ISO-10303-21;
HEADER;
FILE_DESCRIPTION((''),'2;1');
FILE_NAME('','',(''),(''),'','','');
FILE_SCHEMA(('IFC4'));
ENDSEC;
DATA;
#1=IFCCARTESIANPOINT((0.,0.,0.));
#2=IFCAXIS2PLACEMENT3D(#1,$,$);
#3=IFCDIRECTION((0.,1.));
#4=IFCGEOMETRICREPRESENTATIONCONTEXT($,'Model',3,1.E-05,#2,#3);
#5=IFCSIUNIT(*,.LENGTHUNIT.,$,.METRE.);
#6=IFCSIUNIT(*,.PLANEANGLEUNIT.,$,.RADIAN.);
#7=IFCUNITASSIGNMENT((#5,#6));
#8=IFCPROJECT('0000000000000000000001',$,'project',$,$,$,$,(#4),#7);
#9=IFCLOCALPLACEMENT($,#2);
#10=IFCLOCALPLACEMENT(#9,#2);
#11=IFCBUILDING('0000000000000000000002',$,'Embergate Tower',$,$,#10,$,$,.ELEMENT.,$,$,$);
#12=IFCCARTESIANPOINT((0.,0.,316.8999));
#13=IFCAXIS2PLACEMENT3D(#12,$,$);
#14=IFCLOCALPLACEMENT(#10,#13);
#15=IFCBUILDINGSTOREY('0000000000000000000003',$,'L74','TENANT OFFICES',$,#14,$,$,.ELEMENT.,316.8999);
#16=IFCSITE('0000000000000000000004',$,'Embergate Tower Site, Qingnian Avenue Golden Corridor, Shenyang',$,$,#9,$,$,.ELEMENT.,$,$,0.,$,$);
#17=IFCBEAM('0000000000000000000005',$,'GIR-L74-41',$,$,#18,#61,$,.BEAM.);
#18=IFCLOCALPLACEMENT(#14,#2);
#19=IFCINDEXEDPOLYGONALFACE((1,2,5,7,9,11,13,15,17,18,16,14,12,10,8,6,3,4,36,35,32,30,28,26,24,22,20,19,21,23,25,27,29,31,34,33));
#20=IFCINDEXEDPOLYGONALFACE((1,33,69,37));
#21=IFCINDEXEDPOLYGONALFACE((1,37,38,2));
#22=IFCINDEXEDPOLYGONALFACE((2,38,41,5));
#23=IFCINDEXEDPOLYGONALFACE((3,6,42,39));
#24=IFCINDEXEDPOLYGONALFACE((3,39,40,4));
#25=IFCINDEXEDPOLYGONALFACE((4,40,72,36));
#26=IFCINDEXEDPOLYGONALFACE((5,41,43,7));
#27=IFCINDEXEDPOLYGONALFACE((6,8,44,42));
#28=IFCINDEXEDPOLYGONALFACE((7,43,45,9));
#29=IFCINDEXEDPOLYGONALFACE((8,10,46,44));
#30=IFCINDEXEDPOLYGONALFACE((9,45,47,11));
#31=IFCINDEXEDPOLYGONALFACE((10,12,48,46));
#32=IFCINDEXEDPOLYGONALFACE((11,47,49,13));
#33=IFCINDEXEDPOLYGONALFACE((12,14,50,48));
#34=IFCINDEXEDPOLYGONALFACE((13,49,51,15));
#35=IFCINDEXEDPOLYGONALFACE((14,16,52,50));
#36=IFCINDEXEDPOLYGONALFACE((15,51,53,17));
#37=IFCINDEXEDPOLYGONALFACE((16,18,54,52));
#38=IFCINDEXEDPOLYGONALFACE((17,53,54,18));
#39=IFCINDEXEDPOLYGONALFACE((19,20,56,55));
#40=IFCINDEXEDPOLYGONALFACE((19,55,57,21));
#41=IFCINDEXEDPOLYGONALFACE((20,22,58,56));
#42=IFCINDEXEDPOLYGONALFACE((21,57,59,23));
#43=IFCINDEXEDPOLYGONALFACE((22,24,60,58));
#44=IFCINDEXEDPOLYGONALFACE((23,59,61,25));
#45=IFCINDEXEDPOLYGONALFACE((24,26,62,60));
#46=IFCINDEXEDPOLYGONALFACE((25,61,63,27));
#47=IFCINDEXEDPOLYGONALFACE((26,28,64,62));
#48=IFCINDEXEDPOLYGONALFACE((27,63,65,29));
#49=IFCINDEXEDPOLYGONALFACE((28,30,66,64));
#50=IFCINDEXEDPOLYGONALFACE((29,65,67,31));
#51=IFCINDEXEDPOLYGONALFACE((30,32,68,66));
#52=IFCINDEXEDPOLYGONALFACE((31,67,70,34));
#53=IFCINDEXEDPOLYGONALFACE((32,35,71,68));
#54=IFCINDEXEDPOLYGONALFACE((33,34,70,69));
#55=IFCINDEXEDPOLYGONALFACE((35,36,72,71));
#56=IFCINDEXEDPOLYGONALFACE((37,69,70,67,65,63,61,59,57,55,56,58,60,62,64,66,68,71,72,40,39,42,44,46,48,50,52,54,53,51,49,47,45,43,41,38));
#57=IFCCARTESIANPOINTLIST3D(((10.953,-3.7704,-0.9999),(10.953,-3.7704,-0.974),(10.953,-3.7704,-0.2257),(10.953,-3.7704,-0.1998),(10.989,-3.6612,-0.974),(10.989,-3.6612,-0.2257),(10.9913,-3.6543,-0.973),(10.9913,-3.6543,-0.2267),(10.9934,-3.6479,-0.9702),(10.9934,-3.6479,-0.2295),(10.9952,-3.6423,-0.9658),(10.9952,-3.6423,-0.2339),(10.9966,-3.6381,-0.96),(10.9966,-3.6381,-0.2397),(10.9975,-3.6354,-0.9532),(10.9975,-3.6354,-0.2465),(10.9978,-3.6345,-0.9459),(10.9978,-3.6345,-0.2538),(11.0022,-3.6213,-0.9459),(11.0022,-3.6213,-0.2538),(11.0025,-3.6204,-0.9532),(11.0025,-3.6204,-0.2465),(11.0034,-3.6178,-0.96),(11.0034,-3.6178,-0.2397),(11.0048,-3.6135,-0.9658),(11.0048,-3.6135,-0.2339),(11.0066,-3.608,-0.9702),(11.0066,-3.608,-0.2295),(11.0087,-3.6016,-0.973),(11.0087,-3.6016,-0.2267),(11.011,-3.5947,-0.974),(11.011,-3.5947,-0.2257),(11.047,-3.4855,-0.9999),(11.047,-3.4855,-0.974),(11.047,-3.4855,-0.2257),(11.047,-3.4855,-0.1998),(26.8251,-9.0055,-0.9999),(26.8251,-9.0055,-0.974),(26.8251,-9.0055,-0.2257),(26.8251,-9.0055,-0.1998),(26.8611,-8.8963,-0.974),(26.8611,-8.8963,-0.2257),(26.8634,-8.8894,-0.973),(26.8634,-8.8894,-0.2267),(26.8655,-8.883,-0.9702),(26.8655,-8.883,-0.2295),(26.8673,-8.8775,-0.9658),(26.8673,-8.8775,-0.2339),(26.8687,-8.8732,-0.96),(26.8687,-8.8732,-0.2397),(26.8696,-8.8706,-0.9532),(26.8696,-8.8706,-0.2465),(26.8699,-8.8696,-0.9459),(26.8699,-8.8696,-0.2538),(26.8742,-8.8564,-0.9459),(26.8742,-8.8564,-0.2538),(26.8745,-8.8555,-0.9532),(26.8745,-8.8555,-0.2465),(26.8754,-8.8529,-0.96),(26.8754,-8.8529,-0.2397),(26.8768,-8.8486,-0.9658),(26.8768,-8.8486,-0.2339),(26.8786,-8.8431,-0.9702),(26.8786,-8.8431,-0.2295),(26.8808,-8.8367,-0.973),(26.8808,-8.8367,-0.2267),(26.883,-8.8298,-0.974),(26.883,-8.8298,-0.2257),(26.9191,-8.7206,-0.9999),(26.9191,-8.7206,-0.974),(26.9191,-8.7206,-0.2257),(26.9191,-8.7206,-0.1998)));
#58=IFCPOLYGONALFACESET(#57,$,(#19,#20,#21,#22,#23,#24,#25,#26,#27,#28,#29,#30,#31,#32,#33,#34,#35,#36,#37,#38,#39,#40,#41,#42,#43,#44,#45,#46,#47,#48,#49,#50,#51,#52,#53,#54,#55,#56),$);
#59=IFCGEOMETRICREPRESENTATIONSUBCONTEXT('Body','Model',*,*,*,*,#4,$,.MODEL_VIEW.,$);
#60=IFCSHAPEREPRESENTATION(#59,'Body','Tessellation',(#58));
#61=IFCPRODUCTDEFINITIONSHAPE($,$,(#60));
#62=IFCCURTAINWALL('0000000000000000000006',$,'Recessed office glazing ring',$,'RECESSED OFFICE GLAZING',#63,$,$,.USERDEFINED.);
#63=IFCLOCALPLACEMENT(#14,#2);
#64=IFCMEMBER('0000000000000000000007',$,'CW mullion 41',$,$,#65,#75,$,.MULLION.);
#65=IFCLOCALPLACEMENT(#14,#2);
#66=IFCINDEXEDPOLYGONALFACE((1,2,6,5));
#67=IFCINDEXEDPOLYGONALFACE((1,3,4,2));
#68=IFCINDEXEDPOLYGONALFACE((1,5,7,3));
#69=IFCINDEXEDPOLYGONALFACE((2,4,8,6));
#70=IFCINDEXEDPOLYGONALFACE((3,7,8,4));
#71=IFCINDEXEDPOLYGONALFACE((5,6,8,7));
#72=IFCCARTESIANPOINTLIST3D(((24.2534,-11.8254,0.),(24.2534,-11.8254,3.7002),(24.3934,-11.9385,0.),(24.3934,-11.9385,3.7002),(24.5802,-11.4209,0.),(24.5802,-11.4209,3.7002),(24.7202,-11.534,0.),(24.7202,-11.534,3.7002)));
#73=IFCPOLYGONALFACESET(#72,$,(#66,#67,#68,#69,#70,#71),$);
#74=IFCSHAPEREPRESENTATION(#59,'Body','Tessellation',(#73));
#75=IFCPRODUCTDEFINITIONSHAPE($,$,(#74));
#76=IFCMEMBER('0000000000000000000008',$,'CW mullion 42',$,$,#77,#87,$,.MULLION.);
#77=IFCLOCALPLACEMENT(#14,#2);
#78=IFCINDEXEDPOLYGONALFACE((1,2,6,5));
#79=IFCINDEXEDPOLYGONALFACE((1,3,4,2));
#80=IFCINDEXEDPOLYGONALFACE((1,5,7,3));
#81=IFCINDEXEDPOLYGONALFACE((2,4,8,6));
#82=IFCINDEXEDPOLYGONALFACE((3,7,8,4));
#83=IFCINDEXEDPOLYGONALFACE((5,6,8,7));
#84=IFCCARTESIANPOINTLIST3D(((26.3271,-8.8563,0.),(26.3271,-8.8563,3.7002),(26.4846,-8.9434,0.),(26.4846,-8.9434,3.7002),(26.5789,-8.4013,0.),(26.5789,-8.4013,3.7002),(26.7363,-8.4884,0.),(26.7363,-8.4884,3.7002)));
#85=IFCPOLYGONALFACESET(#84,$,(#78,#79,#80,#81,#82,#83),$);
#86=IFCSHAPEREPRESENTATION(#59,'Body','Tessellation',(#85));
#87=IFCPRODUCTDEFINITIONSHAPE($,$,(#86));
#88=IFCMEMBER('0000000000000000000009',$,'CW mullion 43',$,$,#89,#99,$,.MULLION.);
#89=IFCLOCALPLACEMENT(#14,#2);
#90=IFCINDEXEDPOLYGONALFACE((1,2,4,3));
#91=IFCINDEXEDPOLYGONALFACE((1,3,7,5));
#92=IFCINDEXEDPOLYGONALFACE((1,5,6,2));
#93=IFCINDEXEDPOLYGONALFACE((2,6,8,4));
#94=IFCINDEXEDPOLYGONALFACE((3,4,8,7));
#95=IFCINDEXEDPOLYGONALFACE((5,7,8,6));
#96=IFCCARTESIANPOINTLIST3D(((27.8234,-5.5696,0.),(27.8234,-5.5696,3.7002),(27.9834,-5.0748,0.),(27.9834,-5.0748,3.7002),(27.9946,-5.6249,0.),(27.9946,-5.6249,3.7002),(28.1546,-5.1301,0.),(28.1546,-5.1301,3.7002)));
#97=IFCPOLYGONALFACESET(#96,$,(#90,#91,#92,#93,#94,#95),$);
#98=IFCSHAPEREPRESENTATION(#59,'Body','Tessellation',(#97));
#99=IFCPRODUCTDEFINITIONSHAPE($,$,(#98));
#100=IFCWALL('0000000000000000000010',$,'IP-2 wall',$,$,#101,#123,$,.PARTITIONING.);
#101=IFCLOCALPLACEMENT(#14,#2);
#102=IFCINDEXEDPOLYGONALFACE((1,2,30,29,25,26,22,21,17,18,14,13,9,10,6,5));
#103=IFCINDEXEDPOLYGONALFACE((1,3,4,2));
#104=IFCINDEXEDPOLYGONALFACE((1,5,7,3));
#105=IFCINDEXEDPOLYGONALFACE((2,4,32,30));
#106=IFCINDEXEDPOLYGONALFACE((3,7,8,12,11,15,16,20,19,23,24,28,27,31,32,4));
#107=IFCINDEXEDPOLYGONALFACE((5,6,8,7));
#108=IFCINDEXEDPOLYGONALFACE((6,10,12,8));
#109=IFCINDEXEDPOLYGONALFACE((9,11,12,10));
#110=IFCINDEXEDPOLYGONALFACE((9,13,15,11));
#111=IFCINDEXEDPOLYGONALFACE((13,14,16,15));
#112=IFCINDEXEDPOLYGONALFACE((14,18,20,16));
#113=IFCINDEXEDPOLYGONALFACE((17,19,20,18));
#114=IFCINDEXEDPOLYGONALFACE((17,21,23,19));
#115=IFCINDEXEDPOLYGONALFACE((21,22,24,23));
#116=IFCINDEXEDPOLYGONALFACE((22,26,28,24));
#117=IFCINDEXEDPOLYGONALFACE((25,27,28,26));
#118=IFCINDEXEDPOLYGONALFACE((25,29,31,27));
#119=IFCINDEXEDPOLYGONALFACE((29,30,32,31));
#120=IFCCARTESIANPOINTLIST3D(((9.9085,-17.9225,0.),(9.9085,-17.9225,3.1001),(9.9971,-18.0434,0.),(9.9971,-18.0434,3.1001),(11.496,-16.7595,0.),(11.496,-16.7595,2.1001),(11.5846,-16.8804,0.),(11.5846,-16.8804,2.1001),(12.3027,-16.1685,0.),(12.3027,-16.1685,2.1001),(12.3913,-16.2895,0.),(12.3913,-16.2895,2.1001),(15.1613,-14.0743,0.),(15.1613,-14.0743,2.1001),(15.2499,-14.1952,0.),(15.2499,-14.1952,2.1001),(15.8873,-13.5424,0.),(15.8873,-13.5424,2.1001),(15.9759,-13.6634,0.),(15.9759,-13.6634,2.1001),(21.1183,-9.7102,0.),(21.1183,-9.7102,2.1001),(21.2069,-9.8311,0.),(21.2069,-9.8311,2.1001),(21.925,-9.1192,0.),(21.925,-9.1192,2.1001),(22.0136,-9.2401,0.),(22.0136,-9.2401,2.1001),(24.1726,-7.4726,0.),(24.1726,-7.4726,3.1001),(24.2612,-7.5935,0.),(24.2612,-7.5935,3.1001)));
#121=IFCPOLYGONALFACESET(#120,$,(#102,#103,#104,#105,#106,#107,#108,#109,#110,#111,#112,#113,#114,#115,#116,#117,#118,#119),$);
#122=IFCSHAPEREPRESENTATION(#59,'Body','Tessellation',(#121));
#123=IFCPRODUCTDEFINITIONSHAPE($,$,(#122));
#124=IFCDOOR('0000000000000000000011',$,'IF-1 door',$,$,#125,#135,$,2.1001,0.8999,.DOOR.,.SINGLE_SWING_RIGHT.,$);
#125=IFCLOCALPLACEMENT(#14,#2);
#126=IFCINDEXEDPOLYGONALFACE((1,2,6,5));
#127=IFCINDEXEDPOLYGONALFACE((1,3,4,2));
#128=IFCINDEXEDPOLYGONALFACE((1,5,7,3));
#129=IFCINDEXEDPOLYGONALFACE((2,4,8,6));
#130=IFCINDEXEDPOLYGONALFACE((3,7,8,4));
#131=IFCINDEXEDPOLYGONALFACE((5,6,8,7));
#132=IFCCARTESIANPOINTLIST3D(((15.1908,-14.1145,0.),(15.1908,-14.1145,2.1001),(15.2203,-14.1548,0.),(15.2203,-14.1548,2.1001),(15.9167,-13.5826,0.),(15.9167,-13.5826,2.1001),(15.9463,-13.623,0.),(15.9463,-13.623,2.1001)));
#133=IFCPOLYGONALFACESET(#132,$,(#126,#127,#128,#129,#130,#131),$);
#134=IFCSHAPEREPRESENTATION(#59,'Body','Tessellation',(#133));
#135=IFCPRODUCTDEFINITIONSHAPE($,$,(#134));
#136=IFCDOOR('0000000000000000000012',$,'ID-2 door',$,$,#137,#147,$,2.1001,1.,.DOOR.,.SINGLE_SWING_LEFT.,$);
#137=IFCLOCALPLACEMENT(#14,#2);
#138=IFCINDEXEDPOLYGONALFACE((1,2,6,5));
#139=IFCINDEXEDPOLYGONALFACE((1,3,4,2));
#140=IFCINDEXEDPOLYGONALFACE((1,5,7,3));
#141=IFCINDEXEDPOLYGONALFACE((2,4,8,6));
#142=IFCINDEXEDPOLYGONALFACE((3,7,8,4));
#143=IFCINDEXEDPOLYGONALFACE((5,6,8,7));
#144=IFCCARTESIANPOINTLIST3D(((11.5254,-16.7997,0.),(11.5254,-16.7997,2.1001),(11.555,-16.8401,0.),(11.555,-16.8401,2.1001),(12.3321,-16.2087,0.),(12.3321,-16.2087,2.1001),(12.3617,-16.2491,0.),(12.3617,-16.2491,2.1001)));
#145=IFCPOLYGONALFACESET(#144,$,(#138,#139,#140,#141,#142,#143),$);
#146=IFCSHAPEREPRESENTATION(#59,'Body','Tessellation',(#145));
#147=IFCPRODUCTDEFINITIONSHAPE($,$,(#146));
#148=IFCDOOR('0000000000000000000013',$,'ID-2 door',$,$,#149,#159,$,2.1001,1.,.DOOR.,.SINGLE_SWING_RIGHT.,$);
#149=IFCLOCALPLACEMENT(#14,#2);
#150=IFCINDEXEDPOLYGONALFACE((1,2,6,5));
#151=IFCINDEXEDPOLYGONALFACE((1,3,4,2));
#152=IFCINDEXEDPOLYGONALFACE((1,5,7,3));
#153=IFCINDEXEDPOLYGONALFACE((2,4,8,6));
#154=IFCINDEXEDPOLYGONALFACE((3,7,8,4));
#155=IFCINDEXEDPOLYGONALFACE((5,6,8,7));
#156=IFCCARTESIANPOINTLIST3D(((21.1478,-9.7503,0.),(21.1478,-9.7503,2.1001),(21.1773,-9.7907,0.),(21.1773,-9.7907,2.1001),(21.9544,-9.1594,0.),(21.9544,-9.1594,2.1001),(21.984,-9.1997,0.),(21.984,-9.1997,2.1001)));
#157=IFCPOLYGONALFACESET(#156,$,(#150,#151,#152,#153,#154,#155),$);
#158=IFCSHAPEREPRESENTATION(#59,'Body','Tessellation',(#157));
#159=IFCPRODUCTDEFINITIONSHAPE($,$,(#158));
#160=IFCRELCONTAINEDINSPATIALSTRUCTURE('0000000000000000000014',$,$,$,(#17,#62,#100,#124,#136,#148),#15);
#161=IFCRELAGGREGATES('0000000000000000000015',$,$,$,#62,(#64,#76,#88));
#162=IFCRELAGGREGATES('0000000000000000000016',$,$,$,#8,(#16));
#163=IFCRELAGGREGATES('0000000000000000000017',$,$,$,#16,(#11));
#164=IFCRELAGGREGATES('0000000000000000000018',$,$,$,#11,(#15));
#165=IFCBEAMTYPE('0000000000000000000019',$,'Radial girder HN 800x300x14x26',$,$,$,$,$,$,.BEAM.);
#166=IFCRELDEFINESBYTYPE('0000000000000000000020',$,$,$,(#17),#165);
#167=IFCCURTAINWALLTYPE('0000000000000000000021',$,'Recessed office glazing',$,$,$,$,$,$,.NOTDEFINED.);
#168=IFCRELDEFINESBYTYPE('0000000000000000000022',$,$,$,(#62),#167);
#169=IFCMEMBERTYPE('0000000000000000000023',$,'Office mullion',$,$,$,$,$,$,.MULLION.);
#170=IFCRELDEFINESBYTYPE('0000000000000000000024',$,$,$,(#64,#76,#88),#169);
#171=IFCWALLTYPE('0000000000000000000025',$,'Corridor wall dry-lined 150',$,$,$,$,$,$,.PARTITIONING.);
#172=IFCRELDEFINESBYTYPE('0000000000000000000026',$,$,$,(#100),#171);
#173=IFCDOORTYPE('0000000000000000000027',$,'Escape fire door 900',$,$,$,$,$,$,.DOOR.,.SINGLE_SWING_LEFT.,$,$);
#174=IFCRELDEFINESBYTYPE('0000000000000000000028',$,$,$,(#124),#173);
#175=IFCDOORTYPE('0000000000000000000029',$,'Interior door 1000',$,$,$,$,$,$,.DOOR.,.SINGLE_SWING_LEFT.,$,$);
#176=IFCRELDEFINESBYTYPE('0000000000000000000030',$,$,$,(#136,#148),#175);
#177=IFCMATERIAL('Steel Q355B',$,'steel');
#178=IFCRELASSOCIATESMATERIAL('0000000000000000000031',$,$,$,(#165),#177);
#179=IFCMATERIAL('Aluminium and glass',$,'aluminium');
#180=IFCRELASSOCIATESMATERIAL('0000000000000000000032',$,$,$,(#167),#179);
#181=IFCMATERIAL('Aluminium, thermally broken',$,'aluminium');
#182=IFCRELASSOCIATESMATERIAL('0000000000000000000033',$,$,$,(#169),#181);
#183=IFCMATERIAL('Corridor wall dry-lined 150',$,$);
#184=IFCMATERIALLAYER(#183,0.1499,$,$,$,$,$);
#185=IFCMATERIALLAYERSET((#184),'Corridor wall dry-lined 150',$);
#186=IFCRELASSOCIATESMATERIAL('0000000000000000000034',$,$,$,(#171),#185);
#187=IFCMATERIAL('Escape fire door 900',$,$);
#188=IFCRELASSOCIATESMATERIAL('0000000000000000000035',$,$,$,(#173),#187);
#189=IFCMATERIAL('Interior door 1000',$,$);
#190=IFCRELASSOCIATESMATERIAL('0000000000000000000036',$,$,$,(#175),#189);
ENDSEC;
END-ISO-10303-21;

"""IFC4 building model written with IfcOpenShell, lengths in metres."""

from ifc_helpers import new_model, si_unit, direction, frame, frame_2d, origin, origin_2d, place, context, subcontext, project, spatial, rectangle, i_section, extrude, source, transform, mapped, material, layer, layer_set, material_profile, profile_set, type_object, element, fill, aggregate, save


model = new_model("IFC4")

# Units and contexts
model_context = context("Model", 3, precision=1e-05, world=origin(), true_north=direction((0.0, 1.0)))
body_context = subcontext(model_context, "Body", "Model", "MODEL_VIEW")
ifc_project = project(units=[si_unit("LENGTHUNIT", "METRE"), si_unit("PLANEANGLEUNIT", "RADIAN")], contexts=[model_context])

# Site, building, storey
site_placement = place(None, origin())
site = spatial("IfcSite", under=ifc_project, at=site_placement, Name="Embergate Tower Site, Qingnian Avenue Golden Corridor, Shenyang", CompositionType="ELEMENT", RefElevation=0.0)
building_placement = place(site_placement, origin())
building = spatial("IfcBuilding", under=site, at=building_placement, Name="Embergate Tower", CompositionType="ELEMENT")
storey_placement = place(building_placement, frame((0.0, 0.0, 316.8999)))
storey = spatial("IfcBuildingStorey", under=building, at=storey_placement, Name="L74", Description="TENANT OFFICES", CompositionType="ELEMENT", Elevation=316.8999)

# Beam
ifc_material_1 = material(Name="Steel Q355B", Category="steel")
ifc_material_profile_1 = material_profile(ifc_material_1, i_section(OverallWidth=0.3, OverallDepth=0.8, WebThickness=0.0139, FlangeThickness=0.0259, FilletRadius=0.0281, at=origin_2d()), Name="HN 800x300x14x26")
ifc_profile_set_1 = profile_set([ifc_material_profile_1], Name="Steel Q355 grade B")
beam_type_1 = type_object("IfcBeamType", Name="Radial girder HN 800x300x14x26", PredefinedType="BEAM", material=ifc_profile_set_1)
shared_shape_1 = source(origin(), body_context, "Body", "SweptSolid", [
    extrude(i_section(OverallWidth=0.3, OverallDepth=0.8, WebThickness=0.0139, FlangeThickness=0.0259, FilletRadius=0.0281, at=origin_2d()), origin(), (0.0, 0.0, 1.0), 16.7131),
])
beam_1_placement = place(storey_placement, frame((26.8721, -8.863, -0.5999), z_axis=(-0.949676, 0.313233, 0.0), x_axis=(-0.313233, -0.949676, 0.0)))
element("IfcBeam", 1, at=beam_1_placement, inside=storey, type_object=beam_type_1, Name="GIR-L74-41", PredefinedType="BEAM", context=body_context, shape_type="MappedRepresentation", body=[
    mapped(shared_shape_1, transform((0.0, 0.0, 0.0))),
])

# Curtain wall, members
ifc_material_2 = material(Name="Aluminium and glass", Category="aluminium")
curtain_wall_type = type_object("IfcCurtainWallType", Name="Recessed office glazing", PredefinedType="NOTDEFINED", material=ifc_material_2)
curtain_wall_placement = place(storey_placement, origin())
curtain_wall = element("IfcCurtainWall", 2, at=curtain_wall_placement, inside=storey, type_object=curtain_wall_type, Name="Recessed office glazing ring", ObjectType="RECESSED OFFICE GLAZING", PredefinedType="USERDEFINED")
ifc_material_3 = material(Name="Aluminium, thermally broken", Category="aluminium")
ifc_material_profile_2 = material_profile(ifc_material_3, rectangle(XDim=0.1799, YDim=0.52, at=origin_2d()), Name="AL 520x180")
ifc_profile_set_2 = profile_set([ifc_material_profile_2], Name="Aluminium, thermally broken")
member_type = type_object("IfcMemberType", Name="Office mullion", PredefinedType="MULLION", material=ifc_profile_set_2)
shared_shape_2 = source(origin(), body_context, "Body", "SweptSolid", [
    extrude(rectangle(XDim=0.1799, YDim=0.52, at=origin_2d()), origin(), (0.0, 0.0, 1.0), 3.7002),
])
member_1_placement = place(storey_placement, frame((24.4868, -11.6797, 0.0), z_axis=(0.0, 0.0, 1.0), x_axis=(-0.777862, 0.628436, 0.0)))
member_1 = element("IfcMember", 3, at=member_1_placement, type_object=member_type, Name="CW mullion 41", PredefinedType="MULLION", context=body_context, shape_type="MappedRepresentation", body=[
    mapped(shared_shape_2, transform((0.0, 0.0, 0.0))),
])
member_2_placement = place(storey_placement, frame((26.5317, -8.6724, 0.0), z_axis=(0.0, 0.0, 1.0), x_axis=(-0.874992, 0.484138, 0.0)))
member_2 = element("IfcMember", 4, at=member_2_placement, type_object=member_type, Name="CW mullion 42", PredefinedType="MULLION", context=body_context, shape_type="MappedRepresentation", body=[
    mapped(shared_shape_2, transform((0.0, 0.0, 0.0))),
])
member_3_placement = place(storey_placement, frame((27.989, -5.3499, 0.0), z_axis=(0.0, 0.0, 1.0), x_axis=(-0.951492, 0.307674, 0.0)))
member_3 = element("IfcMember", 5, at=member_3_placement, type_object=member_type, Name="CW mullion 43", PredefinedType="MULLION", context=body_context, shape_type="MappedRepresentation", body=[
    mapped(shared_shape_2, transform((0.0, 0.0, 0.0))),
])
aggregate(curtain_wall, [member_1, member_2, member_3])

# Wall, openings, doors
ifc_material_4 = material(Name="Corridor wall dry-lined 150")
ifc_layer_1 = layer(ifc_material_4, 0.1499)
ifc_layer_set_1 = layer_set([ifc_layer_1], Name="Corridor wall dry-lined 150")
wall_type_1 = type_object("IfcWallType", Name="Corridor wall dry-lined 150", PredefinedType="PARTITIONING", material=ifc_layer_set_1)
shared_shape_3 = source(origin(), body_context, "Body", "SweptSolid", [
    extrude(rectangle(XDim=17.6824, YDim=0.1499, at=frame_2d((8.8413, 0.0))), origin(), (0.0, 0.0, 1.0), 3.1001),
])
wall_1_placement = place(storey_placement, frame((24.217, -7.533, 0.0), z_axis=(0.0, 0.0, 1.0), x_axis=(-0.806686, -0.59098, 0.0)))
wall_1 = element("IfcWall", 6, at=wall_1_placement, inside=storey, type_object=wall_type_1, Name="IP-2 wall", PredefinedType="PARTITIONING", context=body_context, shape_type="MappedRepresentation", body=[
    mapped(shared_shape_3, transform((0.0, 0.0, 0.0))),
])
shared_shape_4 = source(origin(), body_context, "Body", "SweptSolid", [
    extrude(rectangle(XDim=1.0, YDim=2.1001, at=frame_2d((0.5, 1.05))), frame((0.0, 0.085, 0.0), z_axis=(0.0, -1.0, 0.0), x_axis=(1.0, 0.0, 0.0)), (0.0, 0.0, 1.0), 0.1699),
])
opening_1_placement = place(wall_1_placement, frame((14.7146, 0.0, 0.0)))
opening_1 = element("IfcOpeningElement", 7, at=opening_1_placement, cuts=wall_1, PredefinedType="OPENING", context=body_context, shape_type="MappedRepresentation", body=[
    mapped(shared_shape_4, transform((0.0, 0.0, 0.0))),
])
shared_shape_5 = source(origin(), body_context, "Body", "SweptSolid", [
    extrude(rectangle(XDim=0.8999, YDim=2.1001, at=frame_2d((0.45, 1.05))), frame((0.0, 0.085, 0.0), z_axis=(0.0, -1.0, 0.0), x_axis=(1.0, 0.0, 0.0)), (0.0, 0.0, 1.0), 0.1699),
])
opening_2_placement = place(wall_1_placement, frame((10.271, 0.0, 0.0)))
opening_2 = element("IfcOpeningElement", 8, at=opening_2_placement, cuts=wall_1, PredefinedType="OPENING", context=body_context, shape_type="MappedRepresentation", body=[
    mapped(shared_shape_5, transform((0.0, 0.0, 0.0))),
])
opening_3_placement = place(wall_1_placement, frame((2.7864, 0.0, 0.0)))
opening_3 = element("IfcOpeningElement", 9, at=opening_3_placement, cuts=wall_1, PredefinedType="OPENING", context=body_context, shape_type="MappedRepresentation", body=[
    mapped(shared_shape_4, transform((0.0, 0.0, 0.0))),
])
ifc_material_5 = material(Name="Escape fire door 900")
door_type_1 = type_object("IfcDoorType", Name="Escape fire door 900", OperationType="SINGLE_SWING_LEFT", PredefinedType="DOOR", material=ifc_material_5)
shared_shape_6 = source(origin(), body_context, "Body", "SweptSolid", [
    extrude(rectangle(XDim=0.8999, YDim=2.1001, at=frame_2d((0.45, 1.05))), frame((0.0, 0.0249, 0.0), z_axis=(0.0, -1.0, 0.0), x_axis=(1.0, 0.0, 0.0)), (0.0, 0.0, 1.0), 0.05),
])
door_1_placement = place(opening_2_placement, origin())
door_1 = element("IfcDoor", 10, at=door_1_placement, inside=storey, type_object=door_type_1, Name="IF-1 door", OperationType="SINGLE_SWING_RIGHT", OverallHeight=2.1001, OverallWidth=0.8999, PredefinedType="DOOR", context=body_context, shape_type="MappedRepresentation", body=[
    mapped(shared_shape_6, transform((0.0, 0.0, 0.0))),
])
fill(opening_2, door_1)
ifc_material_6 = material(Name="Interior door 1000")
door_type_2 = type_object("IfcDoorType", Name="Interior door 1000", OperationType="SINGLE_SWING_LEFT", PredefinedType="DOOR", material=ifc_material_6)
shared_shape_7 = source(origin(), body_context, "Body", "SweptSolid", [
    extrude(rectangle(XDim=1.0, YDim=2.1001, at=frame_2d((0.5, 1.05))), frame((0.0, 0.0249, 0.0), z_axis=(0.0, -1.0, 0.0), x_axis=(1.0, 0.0, 0.0)), (0.0, 0.0, 1.0), 0.05),
])
door_2_placement = place(opening_1_placement, origin())
door_2 = element("IfcDoor", 11, at=door_2_placement, inside=storey, type_object=door_type_2, Name="ID-2 door", OperationType="SINGLE_SWING_LEFT", OverallHeight=2.1001, OverallWidth=1.0, PredefinedType="DOOR", context=body_context, shape_type="MappedRepresentation", body=[
    mapped(shared_shape_7, transform((0.0, 0.0, 0.0))),
])
fill(opening_1, door_2)
door_3_placement = place(opening_3_placement, origin())
door_3 = element("IfcDoor", 12, at=door_3_placement, inside=storey, type_object=door_type_2, Name="ID-2 door", OperationType="SINGLE_SWING_RIGHT", OverallHeight=2.1001, OverallWidth=1.0, PredefinedType="DOOR", context=body_context, shape_type="MappedRepresentation", body=[
    mapped(shared_shape_7, transform((0.0, 0.0, 0.0))),
])
fill(opening_3, door_3)

save(model, "model.ifc")
